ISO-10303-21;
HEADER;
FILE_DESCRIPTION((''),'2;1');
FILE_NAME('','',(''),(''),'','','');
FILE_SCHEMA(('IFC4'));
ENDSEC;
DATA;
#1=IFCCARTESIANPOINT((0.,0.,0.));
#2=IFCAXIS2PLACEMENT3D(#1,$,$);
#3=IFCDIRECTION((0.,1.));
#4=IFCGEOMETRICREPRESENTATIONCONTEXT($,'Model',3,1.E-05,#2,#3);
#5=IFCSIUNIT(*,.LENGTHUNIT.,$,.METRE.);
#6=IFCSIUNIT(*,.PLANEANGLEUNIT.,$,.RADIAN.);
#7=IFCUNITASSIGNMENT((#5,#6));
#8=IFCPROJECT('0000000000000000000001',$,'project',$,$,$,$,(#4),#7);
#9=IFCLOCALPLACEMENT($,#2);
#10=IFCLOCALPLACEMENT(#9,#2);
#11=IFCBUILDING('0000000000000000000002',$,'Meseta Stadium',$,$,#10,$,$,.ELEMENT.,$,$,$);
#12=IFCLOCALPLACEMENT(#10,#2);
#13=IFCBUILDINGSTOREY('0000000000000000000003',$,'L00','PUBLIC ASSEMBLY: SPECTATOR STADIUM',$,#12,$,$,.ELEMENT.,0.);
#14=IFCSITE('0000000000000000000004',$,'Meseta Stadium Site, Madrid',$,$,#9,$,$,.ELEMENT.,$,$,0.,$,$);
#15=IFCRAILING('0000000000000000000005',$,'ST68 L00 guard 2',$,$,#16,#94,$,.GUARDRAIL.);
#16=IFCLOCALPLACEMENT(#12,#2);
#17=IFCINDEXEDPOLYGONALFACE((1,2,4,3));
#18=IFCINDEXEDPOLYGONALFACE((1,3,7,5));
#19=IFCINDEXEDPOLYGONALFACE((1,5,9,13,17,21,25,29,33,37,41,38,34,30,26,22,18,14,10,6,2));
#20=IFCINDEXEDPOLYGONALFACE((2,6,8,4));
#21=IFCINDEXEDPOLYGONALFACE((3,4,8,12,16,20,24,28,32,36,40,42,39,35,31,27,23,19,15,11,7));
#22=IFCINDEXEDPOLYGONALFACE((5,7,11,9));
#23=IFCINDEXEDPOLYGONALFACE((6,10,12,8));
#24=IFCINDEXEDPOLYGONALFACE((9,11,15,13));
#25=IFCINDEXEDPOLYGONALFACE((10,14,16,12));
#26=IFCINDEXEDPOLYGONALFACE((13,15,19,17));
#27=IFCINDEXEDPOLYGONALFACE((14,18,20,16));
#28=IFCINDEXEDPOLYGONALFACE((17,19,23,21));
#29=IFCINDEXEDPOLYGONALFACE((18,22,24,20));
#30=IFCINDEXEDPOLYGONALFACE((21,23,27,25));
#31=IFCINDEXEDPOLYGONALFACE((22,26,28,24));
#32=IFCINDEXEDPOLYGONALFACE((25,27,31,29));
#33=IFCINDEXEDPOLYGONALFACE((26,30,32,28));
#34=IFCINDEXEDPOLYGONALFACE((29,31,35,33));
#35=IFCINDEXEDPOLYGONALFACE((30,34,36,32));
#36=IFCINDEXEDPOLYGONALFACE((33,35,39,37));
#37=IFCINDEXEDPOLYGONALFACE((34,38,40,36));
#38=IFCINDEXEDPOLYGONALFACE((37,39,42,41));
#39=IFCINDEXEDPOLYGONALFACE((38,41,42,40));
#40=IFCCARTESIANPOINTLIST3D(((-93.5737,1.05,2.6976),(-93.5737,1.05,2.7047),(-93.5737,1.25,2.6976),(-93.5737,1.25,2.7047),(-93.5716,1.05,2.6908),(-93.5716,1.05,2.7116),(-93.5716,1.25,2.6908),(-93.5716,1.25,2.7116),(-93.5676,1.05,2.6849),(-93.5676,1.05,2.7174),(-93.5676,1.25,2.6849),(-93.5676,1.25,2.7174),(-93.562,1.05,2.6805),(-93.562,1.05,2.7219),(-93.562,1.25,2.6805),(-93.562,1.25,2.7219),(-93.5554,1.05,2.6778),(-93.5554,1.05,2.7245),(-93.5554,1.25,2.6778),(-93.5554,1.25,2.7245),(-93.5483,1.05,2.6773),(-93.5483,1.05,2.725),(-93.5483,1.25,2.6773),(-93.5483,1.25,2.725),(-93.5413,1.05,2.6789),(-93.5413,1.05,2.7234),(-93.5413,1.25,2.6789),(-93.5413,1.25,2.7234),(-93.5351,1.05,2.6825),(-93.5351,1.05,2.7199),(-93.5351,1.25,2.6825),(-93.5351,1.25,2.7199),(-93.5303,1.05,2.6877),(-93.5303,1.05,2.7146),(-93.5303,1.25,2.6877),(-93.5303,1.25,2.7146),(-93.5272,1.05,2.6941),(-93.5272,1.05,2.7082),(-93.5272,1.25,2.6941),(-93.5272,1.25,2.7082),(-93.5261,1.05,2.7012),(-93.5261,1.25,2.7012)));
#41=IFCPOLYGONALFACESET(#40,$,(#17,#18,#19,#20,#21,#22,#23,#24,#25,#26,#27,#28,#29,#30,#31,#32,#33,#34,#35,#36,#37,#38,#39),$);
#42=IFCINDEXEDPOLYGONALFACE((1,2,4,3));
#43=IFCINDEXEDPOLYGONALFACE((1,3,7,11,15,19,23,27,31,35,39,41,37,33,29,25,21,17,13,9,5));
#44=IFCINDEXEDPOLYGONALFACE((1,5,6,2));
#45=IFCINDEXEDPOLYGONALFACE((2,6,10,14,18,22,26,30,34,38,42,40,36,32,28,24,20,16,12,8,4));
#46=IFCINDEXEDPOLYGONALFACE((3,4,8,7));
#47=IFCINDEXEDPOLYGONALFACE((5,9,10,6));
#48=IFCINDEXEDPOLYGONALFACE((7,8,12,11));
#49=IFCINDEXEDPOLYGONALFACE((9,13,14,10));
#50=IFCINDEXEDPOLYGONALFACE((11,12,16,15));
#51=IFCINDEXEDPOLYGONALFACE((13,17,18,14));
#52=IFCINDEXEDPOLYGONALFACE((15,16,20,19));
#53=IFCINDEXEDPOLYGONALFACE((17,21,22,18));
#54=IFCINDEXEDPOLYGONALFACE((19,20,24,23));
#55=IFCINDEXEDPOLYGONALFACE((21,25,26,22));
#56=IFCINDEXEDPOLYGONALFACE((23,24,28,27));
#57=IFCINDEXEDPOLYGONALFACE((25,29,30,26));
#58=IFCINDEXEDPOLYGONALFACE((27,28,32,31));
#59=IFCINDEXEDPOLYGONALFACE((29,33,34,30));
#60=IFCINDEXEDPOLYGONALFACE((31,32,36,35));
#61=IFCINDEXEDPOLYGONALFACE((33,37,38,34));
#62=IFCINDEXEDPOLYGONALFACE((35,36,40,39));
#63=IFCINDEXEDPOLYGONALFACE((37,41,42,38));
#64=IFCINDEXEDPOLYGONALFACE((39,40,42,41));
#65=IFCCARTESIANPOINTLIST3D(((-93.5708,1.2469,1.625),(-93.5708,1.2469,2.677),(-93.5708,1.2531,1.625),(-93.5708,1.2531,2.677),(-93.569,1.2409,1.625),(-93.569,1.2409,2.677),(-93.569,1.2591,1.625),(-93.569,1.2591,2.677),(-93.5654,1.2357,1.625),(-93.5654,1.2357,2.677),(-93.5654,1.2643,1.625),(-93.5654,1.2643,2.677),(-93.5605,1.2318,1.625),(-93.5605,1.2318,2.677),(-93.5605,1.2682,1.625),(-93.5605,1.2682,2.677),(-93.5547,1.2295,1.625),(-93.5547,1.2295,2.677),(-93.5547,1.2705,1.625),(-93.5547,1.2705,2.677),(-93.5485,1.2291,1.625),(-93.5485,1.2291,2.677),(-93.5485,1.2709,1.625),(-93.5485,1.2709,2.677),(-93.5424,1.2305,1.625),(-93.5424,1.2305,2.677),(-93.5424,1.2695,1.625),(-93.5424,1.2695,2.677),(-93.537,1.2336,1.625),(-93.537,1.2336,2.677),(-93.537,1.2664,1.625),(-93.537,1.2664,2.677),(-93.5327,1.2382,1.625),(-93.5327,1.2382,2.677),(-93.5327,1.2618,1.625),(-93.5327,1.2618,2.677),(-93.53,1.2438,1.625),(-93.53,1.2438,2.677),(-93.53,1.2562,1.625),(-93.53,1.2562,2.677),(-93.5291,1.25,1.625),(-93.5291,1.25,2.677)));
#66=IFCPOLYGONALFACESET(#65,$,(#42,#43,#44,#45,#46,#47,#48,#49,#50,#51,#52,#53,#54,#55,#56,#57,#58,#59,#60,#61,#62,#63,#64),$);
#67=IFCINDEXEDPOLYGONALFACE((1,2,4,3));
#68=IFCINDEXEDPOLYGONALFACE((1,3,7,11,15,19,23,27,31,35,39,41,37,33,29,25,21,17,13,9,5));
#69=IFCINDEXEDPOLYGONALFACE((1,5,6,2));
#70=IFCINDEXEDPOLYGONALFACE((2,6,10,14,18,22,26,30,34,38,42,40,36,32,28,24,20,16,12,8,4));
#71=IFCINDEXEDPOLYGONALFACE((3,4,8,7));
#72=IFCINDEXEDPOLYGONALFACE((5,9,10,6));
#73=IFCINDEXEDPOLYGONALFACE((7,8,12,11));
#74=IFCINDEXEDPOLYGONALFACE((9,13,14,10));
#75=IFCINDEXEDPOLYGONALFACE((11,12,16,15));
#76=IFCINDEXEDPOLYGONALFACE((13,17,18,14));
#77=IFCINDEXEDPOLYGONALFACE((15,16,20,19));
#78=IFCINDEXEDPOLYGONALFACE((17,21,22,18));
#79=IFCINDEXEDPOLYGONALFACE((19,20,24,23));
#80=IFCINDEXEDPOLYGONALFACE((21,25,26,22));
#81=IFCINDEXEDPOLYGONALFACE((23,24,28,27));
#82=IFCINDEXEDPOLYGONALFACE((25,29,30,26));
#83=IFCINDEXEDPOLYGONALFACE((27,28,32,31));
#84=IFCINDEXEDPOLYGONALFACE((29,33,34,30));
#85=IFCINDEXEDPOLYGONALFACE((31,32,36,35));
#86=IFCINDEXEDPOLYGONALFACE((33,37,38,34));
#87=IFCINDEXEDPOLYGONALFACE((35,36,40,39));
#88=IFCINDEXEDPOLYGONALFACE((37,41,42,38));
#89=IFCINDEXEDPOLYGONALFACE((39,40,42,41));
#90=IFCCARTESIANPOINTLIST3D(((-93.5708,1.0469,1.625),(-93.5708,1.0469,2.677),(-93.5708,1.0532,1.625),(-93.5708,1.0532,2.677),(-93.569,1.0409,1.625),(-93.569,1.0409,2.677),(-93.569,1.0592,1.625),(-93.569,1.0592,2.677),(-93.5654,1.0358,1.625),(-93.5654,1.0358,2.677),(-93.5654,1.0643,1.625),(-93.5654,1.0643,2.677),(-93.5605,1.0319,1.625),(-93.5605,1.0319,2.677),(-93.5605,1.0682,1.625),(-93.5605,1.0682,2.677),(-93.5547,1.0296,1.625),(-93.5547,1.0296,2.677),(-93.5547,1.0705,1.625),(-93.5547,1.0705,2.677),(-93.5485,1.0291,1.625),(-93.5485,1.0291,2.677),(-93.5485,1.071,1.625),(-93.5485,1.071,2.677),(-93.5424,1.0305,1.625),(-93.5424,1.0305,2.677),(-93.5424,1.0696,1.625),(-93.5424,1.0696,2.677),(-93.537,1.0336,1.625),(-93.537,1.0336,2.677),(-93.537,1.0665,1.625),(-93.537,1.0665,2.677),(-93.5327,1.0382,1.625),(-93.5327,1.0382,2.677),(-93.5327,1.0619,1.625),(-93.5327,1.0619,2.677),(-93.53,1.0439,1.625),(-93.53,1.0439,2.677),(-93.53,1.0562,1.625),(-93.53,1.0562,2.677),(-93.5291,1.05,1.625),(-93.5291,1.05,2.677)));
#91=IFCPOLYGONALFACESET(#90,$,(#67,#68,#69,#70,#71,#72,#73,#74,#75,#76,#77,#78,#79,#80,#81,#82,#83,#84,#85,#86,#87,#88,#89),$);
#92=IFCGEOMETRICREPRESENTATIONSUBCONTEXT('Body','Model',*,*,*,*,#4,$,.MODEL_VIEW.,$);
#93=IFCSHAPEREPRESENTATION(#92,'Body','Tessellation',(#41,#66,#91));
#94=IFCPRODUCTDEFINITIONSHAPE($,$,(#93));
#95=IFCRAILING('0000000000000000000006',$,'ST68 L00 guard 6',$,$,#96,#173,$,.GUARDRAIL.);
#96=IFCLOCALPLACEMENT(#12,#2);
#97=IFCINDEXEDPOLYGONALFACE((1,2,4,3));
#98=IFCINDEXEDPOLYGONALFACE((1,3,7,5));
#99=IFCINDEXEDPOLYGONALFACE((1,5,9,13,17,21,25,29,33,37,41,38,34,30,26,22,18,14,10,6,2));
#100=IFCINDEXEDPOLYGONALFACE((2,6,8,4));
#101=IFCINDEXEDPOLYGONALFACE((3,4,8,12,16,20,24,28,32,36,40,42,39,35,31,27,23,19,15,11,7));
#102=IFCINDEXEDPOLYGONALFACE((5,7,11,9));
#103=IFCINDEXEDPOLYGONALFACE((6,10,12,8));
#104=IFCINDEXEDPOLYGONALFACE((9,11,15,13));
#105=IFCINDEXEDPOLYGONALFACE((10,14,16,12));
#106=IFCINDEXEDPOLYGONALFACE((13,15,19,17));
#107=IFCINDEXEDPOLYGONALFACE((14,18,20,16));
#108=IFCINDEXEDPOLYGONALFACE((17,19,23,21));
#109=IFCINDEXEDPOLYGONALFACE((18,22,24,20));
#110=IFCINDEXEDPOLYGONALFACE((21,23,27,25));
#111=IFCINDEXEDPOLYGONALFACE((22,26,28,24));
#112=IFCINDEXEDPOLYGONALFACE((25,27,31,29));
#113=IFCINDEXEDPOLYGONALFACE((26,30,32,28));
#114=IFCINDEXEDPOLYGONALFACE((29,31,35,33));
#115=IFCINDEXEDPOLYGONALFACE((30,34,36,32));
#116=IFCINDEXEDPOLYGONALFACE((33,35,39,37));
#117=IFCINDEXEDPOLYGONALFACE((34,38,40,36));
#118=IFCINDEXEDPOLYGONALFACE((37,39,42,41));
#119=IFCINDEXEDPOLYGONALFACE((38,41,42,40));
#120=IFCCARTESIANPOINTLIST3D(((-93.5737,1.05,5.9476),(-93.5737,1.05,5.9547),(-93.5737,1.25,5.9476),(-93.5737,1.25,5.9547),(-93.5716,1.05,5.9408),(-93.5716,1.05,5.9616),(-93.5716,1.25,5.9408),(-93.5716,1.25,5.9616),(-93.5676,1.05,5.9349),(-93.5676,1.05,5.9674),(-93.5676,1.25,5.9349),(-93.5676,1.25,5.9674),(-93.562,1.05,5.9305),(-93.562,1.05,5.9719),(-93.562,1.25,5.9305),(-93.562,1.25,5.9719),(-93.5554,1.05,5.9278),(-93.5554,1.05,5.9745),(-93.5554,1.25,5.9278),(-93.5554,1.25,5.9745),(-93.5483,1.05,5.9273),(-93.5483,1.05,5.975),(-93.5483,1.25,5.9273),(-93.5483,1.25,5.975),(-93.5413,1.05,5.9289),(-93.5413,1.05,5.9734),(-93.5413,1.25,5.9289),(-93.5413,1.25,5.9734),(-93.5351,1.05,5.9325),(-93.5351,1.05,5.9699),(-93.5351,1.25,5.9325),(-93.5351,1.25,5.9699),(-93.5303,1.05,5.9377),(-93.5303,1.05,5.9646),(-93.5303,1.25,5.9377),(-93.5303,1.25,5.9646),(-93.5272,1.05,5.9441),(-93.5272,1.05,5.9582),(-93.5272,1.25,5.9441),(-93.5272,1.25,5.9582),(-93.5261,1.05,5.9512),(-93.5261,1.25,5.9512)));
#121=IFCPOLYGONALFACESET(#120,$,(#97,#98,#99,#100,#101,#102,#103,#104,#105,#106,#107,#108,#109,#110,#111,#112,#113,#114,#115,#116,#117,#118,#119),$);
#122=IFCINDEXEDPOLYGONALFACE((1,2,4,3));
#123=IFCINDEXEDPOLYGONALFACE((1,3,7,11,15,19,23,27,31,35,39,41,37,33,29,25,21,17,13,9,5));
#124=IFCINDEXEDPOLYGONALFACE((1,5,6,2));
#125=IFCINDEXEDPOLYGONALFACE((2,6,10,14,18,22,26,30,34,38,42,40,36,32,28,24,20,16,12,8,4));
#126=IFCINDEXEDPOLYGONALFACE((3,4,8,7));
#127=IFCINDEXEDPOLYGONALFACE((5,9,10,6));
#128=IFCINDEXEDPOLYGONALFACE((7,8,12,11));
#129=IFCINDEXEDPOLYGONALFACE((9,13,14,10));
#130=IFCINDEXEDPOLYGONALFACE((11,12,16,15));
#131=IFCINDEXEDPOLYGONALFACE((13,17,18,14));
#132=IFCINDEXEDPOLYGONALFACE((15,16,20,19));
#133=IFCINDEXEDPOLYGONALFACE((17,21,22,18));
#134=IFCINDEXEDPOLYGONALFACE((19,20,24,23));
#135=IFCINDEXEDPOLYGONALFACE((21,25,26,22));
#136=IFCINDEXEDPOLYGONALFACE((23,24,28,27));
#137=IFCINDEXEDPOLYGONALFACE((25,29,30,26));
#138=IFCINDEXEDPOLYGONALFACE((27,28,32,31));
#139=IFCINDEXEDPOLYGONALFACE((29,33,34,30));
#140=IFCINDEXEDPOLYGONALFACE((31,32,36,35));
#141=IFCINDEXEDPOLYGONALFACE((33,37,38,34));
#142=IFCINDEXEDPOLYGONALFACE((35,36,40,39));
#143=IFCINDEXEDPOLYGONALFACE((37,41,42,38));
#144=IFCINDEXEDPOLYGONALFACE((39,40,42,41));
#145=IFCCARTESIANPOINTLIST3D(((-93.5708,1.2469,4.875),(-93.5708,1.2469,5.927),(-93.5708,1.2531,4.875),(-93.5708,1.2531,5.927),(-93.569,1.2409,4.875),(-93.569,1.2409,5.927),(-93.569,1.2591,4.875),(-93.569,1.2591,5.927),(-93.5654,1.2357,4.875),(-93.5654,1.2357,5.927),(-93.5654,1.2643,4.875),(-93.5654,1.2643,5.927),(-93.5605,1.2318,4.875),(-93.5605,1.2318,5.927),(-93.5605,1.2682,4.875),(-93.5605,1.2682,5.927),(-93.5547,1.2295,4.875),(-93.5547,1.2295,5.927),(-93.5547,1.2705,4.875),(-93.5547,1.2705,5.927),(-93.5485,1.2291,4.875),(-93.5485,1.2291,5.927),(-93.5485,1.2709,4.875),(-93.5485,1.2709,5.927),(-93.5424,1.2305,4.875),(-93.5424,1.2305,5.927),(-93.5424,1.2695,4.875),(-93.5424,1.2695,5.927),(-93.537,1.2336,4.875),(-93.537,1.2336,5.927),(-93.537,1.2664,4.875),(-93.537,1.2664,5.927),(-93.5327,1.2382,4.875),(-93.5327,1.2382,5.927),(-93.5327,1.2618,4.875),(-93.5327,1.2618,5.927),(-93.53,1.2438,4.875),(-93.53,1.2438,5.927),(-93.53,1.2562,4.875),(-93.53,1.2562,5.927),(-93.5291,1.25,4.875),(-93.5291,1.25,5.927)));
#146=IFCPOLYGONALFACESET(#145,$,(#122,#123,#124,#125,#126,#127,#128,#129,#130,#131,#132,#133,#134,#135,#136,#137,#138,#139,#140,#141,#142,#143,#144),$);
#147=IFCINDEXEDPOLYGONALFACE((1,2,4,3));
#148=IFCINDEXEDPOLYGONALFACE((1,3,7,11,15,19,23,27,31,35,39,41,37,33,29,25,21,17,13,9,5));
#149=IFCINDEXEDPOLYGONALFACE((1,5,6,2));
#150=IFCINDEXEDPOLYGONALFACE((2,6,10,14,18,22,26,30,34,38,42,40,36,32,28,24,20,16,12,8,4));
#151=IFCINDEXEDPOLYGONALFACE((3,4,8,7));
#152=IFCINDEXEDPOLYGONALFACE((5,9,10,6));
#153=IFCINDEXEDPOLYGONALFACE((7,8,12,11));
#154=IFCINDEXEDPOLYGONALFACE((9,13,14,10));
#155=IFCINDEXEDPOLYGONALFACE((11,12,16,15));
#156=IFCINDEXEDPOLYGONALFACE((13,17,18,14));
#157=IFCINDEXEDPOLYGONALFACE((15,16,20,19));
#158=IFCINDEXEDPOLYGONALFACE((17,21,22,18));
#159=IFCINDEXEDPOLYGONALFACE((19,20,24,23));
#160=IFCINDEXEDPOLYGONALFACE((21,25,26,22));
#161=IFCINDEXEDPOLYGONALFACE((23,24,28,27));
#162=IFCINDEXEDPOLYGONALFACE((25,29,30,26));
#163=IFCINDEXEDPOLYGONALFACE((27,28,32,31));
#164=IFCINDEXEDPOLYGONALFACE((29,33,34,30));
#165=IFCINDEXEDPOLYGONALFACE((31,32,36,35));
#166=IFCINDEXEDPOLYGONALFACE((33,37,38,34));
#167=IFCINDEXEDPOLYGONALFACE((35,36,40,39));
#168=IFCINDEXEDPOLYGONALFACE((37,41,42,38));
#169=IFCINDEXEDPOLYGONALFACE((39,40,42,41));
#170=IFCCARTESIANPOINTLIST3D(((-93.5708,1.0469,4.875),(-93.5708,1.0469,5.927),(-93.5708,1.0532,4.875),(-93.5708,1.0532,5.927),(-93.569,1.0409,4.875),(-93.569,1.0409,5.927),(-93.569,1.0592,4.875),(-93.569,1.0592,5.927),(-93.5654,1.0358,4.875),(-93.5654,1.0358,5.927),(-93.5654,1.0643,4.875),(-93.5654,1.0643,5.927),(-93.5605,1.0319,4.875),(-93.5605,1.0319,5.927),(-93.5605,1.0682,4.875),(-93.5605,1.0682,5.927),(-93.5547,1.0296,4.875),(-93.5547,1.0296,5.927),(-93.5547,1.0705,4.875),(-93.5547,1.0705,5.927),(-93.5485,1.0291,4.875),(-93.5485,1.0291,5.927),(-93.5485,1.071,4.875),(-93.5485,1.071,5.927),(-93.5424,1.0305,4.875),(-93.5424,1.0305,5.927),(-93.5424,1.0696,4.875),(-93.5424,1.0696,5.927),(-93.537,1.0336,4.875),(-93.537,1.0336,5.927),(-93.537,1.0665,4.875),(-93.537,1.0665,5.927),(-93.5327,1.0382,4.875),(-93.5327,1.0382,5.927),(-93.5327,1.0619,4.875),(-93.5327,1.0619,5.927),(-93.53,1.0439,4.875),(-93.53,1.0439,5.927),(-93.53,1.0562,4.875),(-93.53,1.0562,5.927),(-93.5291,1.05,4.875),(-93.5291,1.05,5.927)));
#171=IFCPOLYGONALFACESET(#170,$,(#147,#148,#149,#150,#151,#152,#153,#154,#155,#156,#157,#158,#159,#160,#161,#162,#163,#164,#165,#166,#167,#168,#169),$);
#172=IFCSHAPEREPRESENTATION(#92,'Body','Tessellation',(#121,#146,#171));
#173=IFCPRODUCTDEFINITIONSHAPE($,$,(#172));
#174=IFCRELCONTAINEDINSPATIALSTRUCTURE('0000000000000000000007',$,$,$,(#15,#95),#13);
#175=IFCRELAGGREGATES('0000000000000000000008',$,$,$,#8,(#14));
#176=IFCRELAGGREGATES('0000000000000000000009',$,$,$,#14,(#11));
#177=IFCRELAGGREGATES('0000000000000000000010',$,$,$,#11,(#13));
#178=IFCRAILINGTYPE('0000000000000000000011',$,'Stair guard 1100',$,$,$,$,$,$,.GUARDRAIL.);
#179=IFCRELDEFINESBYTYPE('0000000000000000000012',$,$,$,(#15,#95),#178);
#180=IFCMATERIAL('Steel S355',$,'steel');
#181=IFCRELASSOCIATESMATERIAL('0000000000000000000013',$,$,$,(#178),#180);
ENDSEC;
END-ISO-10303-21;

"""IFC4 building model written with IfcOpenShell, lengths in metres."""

from ifc_helpers import new_model, si_unit, direction, frame, origin, origin_2d, place, context, subcontext, project, spatial, circle, extrude, material, type_object, element, save


model = new_model("IFC4")

# Units and contexts
model_context = context("Model", 3, precision=1e-05, world=origin(), true_north=direction((0.0, 1.0)))
body_context = subcontext(model_context, "Body", "Model", "MODEL_VIEW")
ifc_project = project(units=[si_unit("LENGTHUNIT", "METRE"), si_unit("PLANEANGLEUNIT", "RADIAN")], contexts=[model_context])

# Site, building, storey
site_placement = place(None, origin())
site = spatial("IfcSite", under=ifc_project, at=site_placement, Name="Meseta Stadium Site, Madrid", CompositionType="ELEMENT", RefElevation=0.0)
building_placement = place(site_placement, origin())
building = spatial("IfcBuilding", under=site, at=building_placement, Name="Meseta Stadium", CompositionType="ELEMENT")
storey_placement = place(building_placement, origin())
storey = spatial("IfcBuildingStorey", under=building, at=storey_placement, Name="L00", Description="PUBLIC ASSEMBLY: SPECTATOR STADIUM", CompositionType="ELEMENT", Elevation=0.0)

# Railings
ifc_material_1 = material(Name="Steel S355", Category="steel")
railing_type = type_object("IfcRailingType", Name="Stair guard 1100", PredefinedType="GUARDRAIL", material=ifc_material_1)
for number, where, name in (
    (1, (-93.55, 1.25, 1.625), "ST68 L00 guard 2"),
    (2, (-93.55, 1.25, 4.875), "ST68 L00 guard 6"),
):
    element("IfcRailing", number, at=place(storey_placement, frame(where)), inside=storey, type_object=railing_type, Name=name, PredefinedType="GUARDRAIL", context=body_context, shape_type="SweptSolid", body=[
        extrude(circle(Radius=0.0239, at=origin_2d()), frame((0.0, 0.0, 1.0762), z_axis=(0.0, -1.0, 0.0), x_axis=(1.0, 0.0, 0.0)), (0.0, 0.0, 1.0), 0.2),
        extrude(circle(Radius=0.021, at=origin_2d()), origin(), (0.0, 0.0, 1.0), 1.052),
        extrude(circle(Radius=0.021, at=origin_2d()), frame((0.0, -0.2, 0.0)), (0.0, 0.0, 1.0), 1.052),
    ])

save(model, "model.ifc")
